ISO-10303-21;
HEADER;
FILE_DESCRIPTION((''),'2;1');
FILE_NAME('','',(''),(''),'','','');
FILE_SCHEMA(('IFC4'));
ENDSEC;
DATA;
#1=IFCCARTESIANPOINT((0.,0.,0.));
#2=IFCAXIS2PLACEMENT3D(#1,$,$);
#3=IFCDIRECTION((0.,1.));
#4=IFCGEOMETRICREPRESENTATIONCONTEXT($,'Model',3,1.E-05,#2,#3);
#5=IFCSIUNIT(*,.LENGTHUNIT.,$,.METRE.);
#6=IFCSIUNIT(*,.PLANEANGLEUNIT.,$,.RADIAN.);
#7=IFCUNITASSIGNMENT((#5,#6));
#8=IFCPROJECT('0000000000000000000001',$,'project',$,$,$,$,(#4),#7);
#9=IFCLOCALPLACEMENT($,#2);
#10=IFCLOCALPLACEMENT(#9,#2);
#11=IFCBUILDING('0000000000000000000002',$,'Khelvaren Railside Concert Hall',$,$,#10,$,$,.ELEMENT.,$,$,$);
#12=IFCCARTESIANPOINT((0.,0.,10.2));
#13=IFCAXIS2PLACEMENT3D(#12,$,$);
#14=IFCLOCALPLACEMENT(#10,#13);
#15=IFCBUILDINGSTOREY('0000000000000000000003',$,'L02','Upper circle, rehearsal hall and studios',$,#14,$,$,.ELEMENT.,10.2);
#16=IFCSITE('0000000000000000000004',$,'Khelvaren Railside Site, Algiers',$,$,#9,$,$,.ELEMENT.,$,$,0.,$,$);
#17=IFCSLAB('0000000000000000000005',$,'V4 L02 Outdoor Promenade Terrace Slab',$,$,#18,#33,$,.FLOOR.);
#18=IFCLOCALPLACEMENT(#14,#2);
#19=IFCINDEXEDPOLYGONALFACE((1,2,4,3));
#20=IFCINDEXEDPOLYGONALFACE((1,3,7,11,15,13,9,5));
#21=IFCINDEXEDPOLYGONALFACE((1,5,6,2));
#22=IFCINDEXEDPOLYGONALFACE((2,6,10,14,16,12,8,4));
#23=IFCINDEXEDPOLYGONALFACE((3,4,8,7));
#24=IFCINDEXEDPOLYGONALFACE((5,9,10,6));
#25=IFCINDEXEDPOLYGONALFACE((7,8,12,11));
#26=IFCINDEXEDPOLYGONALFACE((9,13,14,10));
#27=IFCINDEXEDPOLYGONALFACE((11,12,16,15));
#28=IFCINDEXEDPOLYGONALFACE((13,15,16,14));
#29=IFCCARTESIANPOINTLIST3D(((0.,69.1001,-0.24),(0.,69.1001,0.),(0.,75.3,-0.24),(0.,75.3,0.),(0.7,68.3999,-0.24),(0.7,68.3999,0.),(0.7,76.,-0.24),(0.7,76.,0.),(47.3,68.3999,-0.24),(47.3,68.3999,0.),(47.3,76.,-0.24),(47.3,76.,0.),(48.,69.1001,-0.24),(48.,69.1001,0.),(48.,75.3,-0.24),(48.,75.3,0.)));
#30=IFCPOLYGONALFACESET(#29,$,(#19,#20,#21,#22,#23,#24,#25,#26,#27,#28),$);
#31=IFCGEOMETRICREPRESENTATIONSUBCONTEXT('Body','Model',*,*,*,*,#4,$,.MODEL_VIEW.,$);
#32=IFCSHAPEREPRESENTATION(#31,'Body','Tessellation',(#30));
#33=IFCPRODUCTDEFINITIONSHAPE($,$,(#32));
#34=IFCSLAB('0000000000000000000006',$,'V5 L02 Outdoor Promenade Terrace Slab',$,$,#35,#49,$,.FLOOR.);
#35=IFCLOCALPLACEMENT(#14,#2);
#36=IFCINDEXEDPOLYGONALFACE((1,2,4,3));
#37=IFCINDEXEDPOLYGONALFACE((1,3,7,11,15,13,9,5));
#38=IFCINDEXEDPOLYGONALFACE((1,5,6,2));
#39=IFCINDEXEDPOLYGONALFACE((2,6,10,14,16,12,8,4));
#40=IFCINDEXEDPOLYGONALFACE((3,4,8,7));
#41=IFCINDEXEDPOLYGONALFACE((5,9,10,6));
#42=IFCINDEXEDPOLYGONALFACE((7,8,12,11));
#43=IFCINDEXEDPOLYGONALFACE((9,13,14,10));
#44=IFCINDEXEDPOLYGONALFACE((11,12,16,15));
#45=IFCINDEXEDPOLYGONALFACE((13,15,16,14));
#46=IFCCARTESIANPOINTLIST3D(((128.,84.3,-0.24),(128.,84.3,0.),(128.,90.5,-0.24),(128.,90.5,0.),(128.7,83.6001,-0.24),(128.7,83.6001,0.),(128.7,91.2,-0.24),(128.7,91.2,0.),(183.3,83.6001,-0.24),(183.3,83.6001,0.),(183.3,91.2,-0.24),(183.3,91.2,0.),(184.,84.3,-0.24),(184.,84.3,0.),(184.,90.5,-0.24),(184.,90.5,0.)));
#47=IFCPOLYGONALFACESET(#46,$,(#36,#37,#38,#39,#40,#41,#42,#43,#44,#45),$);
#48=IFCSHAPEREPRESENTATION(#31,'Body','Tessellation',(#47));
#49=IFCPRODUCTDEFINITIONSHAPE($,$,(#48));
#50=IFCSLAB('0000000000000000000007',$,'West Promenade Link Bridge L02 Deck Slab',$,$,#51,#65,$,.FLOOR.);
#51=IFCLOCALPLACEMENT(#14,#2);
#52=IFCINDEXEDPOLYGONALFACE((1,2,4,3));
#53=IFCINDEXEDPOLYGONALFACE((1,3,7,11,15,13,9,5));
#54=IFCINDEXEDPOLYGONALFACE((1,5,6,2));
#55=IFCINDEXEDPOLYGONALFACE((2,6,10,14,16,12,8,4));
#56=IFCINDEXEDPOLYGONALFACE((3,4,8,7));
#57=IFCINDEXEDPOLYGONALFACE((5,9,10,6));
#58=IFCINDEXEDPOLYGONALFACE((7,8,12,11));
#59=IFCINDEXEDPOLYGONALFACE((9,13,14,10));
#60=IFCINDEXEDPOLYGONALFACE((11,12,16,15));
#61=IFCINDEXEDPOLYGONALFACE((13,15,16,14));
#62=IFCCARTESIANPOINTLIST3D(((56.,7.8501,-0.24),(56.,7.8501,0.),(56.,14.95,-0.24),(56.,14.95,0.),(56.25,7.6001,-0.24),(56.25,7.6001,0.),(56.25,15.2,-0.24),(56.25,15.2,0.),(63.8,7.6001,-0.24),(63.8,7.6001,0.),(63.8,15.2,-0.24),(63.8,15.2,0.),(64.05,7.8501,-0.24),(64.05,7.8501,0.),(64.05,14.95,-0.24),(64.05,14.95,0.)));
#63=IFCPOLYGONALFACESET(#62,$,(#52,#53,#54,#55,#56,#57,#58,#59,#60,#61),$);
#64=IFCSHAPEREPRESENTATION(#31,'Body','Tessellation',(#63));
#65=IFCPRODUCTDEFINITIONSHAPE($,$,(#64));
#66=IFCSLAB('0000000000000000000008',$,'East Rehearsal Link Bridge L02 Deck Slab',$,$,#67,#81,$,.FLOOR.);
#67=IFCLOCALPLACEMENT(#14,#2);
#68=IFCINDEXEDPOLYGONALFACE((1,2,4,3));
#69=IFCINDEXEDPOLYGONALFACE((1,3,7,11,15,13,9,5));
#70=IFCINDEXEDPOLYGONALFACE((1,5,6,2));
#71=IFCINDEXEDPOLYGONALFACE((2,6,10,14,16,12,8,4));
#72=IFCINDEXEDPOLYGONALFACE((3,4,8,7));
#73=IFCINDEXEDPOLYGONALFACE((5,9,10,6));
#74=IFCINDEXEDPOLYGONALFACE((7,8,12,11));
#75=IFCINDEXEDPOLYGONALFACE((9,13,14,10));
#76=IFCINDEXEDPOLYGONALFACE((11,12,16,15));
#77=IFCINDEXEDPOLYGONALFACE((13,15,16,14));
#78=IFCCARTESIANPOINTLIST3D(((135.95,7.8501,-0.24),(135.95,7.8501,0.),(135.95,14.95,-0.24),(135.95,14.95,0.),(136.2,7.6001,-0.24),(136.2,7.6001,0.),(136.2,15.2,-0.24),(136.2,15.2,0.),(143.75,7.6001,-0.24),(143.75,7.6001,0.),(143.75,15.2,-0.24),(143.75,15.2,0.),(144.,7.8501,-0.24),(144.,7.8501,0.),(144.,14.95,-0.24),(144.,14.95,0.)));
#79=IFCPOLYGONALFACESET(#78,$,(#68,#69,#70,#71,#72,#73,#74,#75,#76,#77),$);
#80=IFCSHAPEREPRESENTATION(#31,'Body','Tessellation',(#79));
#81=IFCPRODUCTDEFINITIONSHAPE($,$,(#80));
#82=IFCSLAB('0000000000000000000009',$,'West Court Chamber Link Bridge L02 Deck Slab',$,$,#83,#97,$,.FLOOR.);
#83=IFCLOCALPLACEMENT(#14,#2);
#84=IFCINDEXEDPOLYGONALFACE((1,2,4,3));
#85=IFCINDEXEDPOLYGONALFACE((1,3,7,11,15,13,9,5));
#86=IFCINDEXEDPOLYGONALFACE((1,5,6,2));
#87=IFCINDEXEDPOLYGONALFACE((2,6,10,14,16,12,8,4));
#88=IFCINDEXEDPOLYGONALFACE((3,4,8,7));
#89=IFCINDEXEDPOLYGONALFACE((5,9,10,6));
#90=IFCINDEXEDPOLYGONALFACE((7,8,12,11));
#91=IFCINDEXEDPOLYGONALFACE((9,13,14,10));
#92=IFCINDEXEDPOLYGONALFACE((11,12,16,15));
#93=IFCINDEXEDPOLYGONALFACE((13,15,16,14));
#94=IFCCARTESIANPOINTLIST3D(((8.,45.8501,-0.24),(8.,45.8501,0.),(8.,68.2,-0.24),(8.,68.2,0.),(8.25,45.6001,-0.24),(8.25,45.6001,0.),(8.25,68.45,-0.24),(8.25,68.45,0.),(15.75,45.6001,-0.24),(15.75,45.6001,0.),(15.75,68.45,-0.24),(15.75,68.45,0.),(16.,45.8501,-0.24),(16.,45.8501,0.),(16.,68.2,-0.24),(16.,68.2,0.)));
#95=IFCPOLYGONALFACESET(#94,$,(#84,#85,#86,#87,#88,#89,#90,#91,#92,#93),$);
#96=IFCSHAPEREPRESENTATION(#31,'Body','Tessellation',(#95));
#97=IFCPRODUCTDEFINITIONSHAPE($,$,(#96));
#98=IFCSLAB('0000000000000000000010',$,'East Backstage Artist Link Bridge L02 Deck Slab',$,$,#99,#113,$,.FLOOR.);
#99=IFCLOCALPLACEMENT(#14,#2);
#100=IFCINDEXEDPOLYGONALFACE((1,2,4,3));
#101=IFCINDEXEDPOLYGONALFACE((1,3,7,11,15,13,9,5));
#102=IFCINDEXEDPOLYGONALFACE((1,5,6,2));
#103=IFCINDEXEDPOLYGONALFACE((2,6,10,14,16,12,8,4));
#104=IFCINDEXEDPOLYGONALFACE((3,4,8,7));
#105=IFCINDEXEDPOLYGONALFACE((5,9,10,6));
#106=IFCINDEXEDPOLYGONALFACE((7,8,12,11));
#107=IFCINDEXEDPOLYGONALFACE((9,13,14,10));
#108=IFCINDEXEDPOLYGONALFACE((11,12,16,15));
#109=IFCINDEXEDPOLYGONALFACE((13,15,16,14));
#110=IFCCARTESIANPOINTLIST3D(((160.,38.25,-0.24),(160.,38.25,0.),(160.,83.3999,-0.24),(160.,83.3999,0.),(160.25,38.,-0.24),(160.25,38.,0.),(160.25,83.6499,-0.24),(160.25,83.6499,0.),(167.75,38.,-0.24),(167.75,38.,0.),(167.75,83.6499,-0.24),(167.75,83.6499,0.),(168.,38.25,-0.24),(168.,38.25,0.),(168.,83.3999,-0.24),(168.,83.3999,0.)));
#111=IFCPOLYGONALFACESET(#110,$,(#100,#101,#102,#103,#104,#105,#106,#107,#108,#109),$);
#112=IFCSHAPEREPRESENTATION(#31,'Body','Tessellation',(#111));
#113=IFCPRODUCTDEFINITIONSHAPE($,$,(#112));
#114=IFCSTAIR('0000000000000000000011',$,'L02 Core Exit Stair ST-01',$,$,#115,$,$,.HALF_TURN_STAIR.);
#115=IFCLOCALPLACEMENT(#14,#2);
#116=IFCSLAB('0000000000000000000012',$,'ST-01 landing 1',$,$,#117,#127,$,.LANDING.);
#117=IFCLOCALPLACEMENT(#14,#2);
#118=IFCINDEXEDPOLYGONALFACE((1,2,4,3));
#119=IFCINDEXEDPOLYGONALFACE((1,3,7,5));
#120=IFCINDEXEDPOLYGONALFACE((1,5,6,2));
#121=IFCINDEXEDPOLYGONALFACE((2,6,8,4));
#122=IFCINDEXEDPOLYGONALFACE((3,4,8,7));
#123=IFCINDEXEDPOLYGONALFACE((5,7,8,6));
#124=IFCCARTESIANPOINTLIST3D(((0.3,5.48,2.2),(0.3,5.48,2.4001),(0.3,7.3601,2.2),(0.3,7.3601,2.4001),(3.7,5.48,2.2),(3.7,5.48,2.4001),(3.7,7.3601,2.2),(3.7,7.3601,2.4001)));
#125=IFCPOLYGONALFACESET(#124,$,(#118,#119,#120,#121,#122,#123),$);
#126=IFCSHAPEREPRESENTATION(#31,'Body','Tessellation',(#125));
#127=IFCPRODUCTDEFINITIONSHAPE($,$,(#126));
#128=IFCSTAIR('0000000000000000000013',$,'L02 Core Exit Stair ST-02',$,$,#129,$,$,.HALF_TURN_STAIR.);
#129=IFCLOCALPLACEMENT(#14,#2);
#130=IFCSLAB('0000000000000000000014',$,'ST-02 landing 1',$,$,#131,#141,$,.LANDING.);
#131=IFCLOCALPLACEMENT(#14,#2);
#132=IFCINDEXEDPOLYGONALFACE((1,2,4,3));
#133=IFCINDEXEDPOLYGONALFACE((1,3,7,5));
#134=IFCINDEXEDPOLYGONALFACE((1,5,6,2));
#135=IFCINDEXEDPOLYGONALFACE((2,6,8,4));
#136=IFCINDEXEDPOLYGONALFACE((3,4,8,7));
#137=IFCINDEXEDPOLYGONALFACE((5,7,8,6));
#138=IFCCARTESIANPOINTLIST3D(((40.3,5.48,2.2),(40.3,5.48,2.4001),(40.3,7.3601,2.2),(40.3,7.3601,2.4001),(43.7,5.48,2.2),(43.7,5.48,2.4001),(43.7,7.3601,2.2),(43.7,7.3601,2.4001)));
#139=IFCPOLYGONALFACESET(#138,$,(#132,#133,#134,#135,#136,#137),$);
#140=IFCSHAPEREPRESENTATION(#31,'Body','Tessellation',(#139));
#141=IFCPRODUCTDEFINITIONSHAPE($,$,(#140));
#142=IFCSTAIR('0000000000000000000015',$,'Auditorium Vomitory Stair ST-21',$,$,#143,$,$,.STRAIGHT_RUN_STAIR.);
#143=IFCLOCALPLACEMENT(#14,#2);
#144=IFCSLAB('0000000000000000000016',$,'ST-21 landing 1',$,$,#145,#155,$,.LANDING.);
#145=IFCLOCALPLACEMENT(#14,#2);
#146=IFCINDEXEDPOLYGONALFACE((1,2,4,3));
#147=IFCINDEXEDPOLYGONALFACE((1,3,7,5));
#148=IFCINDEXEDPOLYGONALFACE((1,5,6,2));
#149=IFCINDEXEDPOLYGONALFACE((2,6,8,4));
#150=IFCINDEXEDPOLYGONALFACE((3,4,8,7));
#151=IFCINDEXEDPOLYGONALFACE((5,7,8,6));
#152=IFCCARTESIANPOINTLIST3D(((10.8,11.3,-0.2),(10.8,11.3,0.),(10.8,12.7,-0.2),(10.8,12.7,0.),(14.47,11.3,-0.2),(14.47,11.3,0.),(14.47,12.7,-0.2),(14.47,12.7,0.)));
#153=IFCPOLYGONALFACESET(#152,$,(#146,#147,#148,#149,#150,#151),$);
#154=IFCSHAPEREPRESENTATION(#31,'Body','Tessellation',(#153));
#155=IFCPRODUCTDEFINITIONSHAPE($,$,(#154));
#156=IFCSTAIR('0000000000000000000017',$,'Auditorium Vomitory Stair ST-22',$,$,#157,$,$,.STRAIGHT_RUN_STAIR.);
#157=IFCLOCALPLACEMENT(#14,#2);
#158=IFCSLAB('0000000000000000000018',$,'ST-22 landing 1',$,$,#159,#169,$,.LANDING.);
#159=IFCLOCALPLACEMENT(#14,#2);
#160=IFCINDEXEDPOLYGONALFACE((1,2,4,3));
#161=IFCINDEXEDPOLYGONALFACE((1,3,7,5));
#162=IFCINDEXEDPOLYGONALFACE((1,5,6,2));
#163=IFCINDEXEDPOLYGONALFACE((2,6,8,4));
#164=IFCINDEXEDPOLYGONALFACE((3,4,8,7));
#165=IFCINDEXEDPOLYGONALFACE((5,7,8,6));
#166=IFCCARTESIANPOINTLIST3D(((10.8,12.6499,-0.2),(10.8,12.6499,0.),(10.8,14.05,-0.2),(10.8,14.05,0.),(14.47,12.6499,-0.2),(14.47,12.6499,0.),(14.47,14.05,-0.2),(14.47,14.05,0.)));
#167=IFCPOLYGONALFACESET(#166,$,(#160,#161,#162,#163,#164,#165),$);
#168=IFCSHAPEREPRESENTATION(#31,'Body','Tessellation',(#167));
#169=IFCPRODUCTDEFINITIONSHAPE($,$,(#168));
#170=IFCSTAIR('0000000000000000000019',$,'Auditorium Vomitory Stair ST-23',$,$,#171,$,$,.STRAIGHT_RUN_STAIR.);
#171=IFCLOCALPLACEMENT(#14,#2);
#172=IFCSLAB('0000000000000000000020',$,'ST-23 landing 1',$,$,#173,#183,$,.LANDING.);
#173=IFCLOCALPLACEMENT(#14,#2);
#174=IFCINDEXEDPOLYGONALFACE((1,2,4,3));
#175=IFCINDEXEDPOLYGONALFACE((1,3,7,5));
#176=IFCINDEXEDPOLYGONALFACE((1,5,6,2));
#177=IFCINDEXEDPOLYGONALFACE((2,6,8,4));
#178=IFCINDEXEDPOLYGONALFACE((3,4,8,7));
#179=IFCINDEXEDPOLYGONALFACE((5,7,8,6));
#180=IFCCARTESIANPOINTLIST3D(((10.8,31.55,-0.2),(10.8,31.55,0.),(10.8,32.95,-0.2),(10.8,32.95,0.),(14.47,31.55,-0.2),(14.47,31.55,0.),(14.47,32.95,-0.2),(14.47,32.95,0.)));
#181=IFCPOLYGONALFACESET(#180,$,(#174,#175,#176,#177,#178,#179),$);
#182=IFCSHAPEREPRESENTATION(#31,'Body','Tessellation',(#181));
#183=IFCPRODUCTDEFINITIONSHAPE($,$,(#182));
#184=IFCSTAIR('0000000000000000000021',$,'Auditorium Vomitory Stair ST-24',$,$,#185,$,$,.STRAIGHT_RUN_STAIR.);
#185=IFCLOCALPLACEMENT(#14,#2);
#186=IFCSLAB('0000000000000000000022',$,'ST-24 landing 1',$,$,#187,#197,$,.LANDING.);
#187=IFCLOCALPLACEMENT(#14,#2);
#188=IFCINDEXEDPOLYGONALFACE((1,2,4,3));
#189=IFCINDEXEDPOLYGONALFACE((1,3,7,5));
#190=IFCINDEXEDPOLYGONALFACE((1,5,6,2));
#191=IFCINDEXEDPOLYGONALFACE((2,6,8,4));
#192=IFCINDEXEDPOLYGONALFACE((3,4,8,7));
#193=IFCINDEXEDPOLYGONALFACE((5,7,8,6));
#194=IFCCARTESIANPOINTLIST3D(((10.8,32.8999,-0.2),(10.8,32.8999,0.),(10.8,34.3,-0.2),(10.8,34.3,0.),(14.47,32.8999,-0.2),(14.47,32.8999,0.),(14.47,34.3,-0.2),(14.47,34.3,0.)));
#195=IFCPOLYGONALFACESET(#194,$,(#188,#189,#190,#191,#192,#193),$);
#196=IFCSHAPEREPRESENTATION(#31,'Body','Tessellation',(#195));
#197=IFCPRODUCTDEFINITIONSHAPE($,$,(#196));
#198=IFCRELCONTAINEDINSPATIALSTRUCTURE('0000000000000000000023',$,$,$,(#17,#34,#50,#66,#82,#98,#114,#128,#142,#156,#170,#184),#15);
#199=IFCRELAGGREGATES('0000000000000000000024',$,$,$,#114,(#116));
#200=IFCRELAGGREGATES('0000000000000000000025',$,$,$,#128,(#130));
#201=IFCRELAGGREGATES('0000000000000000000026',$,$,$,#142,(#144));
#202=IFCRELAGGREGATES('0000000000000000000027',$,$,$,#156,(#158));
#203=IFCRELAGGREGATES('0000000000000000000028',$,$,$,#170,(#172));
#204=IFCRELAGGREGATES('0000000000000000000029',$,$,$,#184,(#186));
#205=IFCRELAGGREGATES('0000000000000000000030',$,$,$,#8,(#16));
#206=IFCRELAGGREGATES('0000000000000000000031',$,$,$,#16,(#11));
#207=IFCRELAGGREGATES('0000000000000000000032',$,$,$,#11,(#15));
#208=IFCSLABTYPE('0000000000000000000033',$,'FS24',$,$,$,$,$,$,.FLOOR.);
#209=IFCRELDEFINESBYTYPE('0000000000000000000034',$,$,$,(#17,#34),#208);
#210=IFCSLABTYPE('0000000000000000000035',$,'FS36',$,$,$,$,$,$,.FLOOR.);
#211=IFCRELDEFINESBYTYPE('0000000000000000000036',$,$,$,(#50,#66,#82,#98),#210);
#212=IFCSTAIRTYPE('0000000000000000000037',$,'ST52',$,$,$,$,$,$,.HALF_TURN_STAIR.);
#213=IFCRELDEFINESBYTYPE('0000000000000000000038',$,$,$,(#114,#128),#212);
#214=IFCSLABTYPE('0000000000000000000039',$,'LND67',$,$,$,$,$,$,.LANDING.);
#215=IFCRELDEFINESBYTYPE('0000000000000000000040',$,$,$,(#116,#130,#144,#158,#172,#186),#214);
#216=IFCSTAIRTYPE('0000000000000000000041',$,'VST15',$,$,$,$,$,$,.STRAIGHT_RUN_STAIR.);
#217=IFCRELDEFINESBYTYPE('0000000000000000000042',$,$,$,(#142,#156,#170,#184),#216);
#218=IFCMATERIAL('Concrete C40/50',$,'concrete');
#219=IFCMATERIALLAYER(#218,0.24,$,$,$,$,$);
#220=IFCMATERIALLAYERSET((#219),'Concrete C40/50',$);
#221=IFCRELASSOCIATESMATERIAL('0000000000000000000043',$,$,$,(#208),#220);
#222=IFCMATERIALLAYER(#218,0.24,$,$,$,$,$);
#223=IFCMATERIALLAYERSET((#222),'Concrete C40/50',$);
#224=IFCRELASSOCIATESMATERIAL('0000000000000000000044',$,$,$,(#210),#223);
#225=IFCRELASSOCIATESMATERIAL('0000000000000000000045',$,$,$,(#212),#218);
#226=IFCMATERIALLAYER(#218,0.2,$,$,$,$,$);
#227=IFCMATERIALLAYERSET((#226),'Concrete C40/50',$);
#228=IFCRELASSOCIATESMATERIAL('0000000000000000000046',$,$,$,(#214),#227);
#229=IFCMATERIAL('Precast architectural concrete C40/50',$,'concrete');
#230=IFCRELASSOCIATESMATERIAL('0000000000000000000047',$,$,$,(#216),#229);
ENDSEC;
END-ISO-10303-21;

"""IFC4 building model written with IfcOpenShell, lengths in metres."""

from ifc_helpers import new_model, si_unit, direction, frame, origin, place, context, subcontext, project, spatial, polyline, outline, extrude, material, layer, layer_set, type_object, element, aggregate, save


model = new_model("IFC4")

# Units and contexts
model_context = context("Model", 3, precision=1e-05, world=origin(), true_north=direction((0.0, 1.0)))
body_context = subcontext(model_context, "Body", "Model", "MODEL_VIEW")
ifc_project = project(units=[si_unit("LENGTHUNIT", "METRE"), si_unit("PLANEANGLEUNIT", "RADIAN")], contexts=[model_context])

# Site, building, storey
site_placement = place(None, origin())
site = spatial("IfcSite", under=ifc_project, at=site_placement, Name="Khelvaren Railside Site, Algiers", CompositionType="ELEMENT", RefElevation=0.0)
building_placement = place(site_placement, origin())
building = spatial("IfcBuilding", under=site, at=building_placement, Name="Khelvaren Railside Concert Hall", CompositionType="ELEMENT")
storey_placement = place(building_placement, frame((0.0, 0.0, 10.2)))
storey = spatial("IfcBuildingStorey", under=building, at=storey_placement, Name="L02", Description="Upper circle, rehearsal hall and studios", CompositionType="ELEMENT", Elevation=10.2)

# Slabs
ifc_material_1 = material(Name="Concrete C40/50", Category="concrete")
ifc_layer_1 = layer(ifc_material_1, 0.24)
ifc_layer_set_1 = layer_set([ifc_layer_1], Name="Concrete C40/50")
slab_type_1 = type_object("IfcSlabType", Name="FS24", PredefinedType="FLOOR", material=ifc_layer_set_1)
slab_1_placement = place(storey_placement, frame((0.0, 0.0, -0.24)))
element("IfcSlab", 1, at=slab_1_placement, inside=storey, type_object=slab_type_1, Name="V4 L02 Outdoor Promenade Terrace Slab", PredefinedType="FLOOR", context=body_context, shape_type="SweptSolid", body=[
    extrude(outline(polyline([(0.7, 68.3999), (47.3, 68.3999), (48.0, 69.1001), (48.0, 75.3), (47.3, 76.0), (0.7, 76.0), (0.0, 75.3), (0.0, 69.1001), (0.7, 68.3999)])), origin(), (0.0, 0.0, 1.0), 0.24),
])
slab_2_placement = place(storey_placement, frame((0.0, 0.0, -0.24)))
element("IfcSlab", 2, at=slab_2_placement, inside=storey, type_object=slab_type_1, Name="V5 L02 Outdoor Promenade Terrace Slab", PredefinedType="FLOOR", context=body_context, shape_type="SweptSolid", body=[
    extrude(outline(polyline([(128.7, 83.6001), (183.3, 83.6001), (184.0, 84.3), (184.0, 90.5), (183.3, 91.2), (128.7, 91.2), (128.0, 90.5), (128.0, 84.3), (128.7, 83.6001)])), origin(), (0.0, 0.0, 1.0), 0.24),
])
ifc_layer_2 = layer(ifc_material_1, 0.24)
ifc_layer_set_2 = layer_set([ifc_layer_2], Name="Concrete C40/50")
slab_type_2 = type_object("IfcSlabType", Name="FS36", PredefinedType="FLOOR", material=ifc_layer_set_2)
slab_3_placement = place(storey_placement, frame((0.0, 0.0, -0.24)))
element("IfcSlab", 3, at=slab_3_placement, inside=storey, type_object=slab_type_2, Name="West Promenade Link Bridge L02 Deck Slab", PredefinedType="FLOOR", context=body_context, shape_type="SweptSolid", body=[
    extrude(outline(polyline([(56.25, 7.6001), (63.8, 7.6001), (64.05, 7.8501), (64.05, 14.95), (63.8, 15.2), (56.25, 15.2), (56.0, 14.95), (56.0, 7.8501), (56.25, 7.6001)])), origin(), (0.0, 0.0, 1.0), 0.24),
])
slab_4_placement = place(storey_placement, frame((0.0, 0.0, -0.24)))
element("IfcSlab", 4, at=slab_4_placement, inside=storey, type_object=slab_type_2, Name="East Rehearsal Link Bridge L02 Deck Slab", PredefinedType="FLOOR", context=body_context, shape_type="SweptSolid", body=[
    extrude(outline(polyline([(136.2, 7.6001), (143.75, 7.6001), (144.0, 7.8501), (144.0, 14.95), (143.75, 15.2), (136.2, 15.2), (135.95, 14.95), (135.95, 7.8501), (136.2, 7.6001)])), origin(), (0.0, 0.0, 1.0), 0.24),
])
slab_5_placement = place(storey_placement, frame((0.0, 0.0, -0.24)))
element("IfcSlab", 5, at=slab_5_placement, inside=storey, type_object=slab_type_2, Name="West Court Chamber Link Bridge L02 Deck Slab", PredefinedType="FLOOR", context=body_context, shape_type="SweptSolid", body=[
    extrude(outline(polyline([(8.25, 45.6001), (15.75, 45.6001), (16.0, 45.8501), (16.0, 68.2), (15.75, 68.45), (8.25, 68.45), (8.0, 68.2), (8.0, 45.8501), (8.25, 45.6001)])), origin(), (0.0, 0.0, 1.0), 0.24),
])
slab_6_placement = place(storey_placement, frame((0.0, 0.0, -0.24)))
element("IfcSlab", 6, at=slab_6_placement, inside=storey, type_object=slab_type_2, Name="East Backstage Artist Link Bridge L02 Deck Slab", PredefinedType="FLOOR", context=body_context, shape_type="SweptSolid", body=[
    extrude(outline(polyline([(160.25, 38.0), (167.75, 38.0), (168.0, 38.25), (168.0, 83.3999), (167.75, 83.6499), (160.25, 83.6499), (160.0, 83.3999), (160.0, 38.25), (160.25, 38.0)])), origin(), (0.0, 0.0, 1.0), 0.24),
])

# Stairs, slabs
stair_type_1 = type_object("IfcStairType", Name="ST52", PredefinedType="HALF_TURN_STAIR", material=ifc_material_1)
stair_1_placement = place(storey_placement, origin())
stair_1 = element("IfcStair", 7, at=stair_1_placement, inside=storey, type_object=stair_type_1, Name="L02 Core Exit Stair ST-01", PredefinedType="HALF_TURN_STAIR")
ifc_layer_3 = layer(ifc_material_1, 0.2)
ifc_layer_set_3 = layer_set([ifc_layer_3], Name="Concrete C40/50")
slab_type_3 = type_object("IfcSlabType", Name="LND67", PredefinedType="LANDING", material=ifc_layer_set_3)
slab_7_placement = place(storey_placement, frame((0.0, 0.0, 2.2)))
slab_7 = element("IfcSlab", 8, at=slab_7_placement, type_object=slab_type_3, Name="ST-01 landing 1", PredefinedType="LANDING", context=body_context, shape_type="SweptSolid", body=[
    extrude(outline(polyline([(3.7, 5.48), (3.7, 7.3601), (0.3, 7.3601), (0.3, 5.48), (3.7, 5.48)])), origin(), (0.0, 0.0, 1.0), 0.2002),
])
aggregate(stair_1, [slab_7])
stair_2_placement = place(storey_placement, origin())
stair_2 = element("IfcStair", 9, at=stair_2_placement, inside=storey, type_object=stair_type_1, Name="L02 Core Exit Stair ST-02", PredefinedType="HALF_TURN_STAIR")
slab_8_placement = place(storey_placement, frame((0.0, 0.0, 2.2)))
slab_8 = element("IfcSlab", 10, at=slab_8_placement, type_object=slab_type_3, Name="ST-02 landing 1", PredefinedType="LANDING", context=body_context, shape_type="SweptSolid", body=[
    extrude(outline(polyline([(43.7, 5.48), (43.7, 7.3601), (40.3, 7.3601), (40.3, 5.48), (43.7, 5.48)])), origin(), (0.0, 0.0, 1.0), 0.2002),
])
aggregate(stair_2, [slab_8])
ifc_material_2 = material(Name="Precast architectural concrete C40/50", Category="concrete")
stair_type_2 = type_object("IfcStairType", Name="VST15", PredefinedType="STRAIGHT_RUN_STAIR", material=ifc_material_2)
stair_3_placement = place(storey_placement, origin())
stair_3 = element("IfcStair", 11, at=stair_3_placement, inside=storey, type_object=stair_type_2, Name="Auditorium Vomitory Stair ST-21", PredefinedType="STRAIGHT_RUN_STAIR")
slab_9_placement = place(storey_placement, frame((0.0, 0.0, -0.2)))
slab_9 = element("IfcSlab", 12, at=slab_9_placement, type_object=slab_type_3, Name="ST-21 landing 1", PredefinedType="LANDING", context=body_context, shape_type="SweptSolid", body=[
    extrude(outline(polyline([(10.8, 11.3), (14.47, 11.3), (14.47, 12.7), (10.8, 12.7), (10.8, 11.3)])), origin(), (0.0, 0.0, 1.0), 0.2),
])
aggregate(stair_3, [slab_9])
stair_4_placement = place(storey_placement, origin())
stair_4 = element("IfcStair", 13, at=stair_4_placement, inside=storey, type_object=stair_type_2, Name="Auditorium Vomitory Stair ST-22", PredefinedType="STRAIGHT_RUN_STAIR")
slab_10_placement = place(storey_placement, frame((0.0, 0.0, -0.2)))
slab_10 = element("IfcSlab", 14, at=slab_10_placement, type_object=slab_type_3, Name="ST-22 landing 1", PredefinedType="LANDING", context=body_context, shape_type="SweptSolid", body=[
    extrude(outline(polyline([(10.8, 12.6499), (14.47, 12.6499), (14.47, 14.05), (10.8, 14.05), (10.8, 12.6499)])), origin(), (0.0, 0.0, 1.0), 0.2),
])
aggregate(stair_4, [slab_10])
stair_5_placement = place(storey_placement, origin())
stair_5 = element("IfcStair", 15, at=stair_5_placement, inside=storey, type_object=stair_type_2, Name="Auditorium Vomitory Stair ST-23", PredefinedType="STRAIGHT_RUN_STAIR")
slab_11_placement = place(storey_placement, frame((0.0, 0.0, -0.2)))
slab_11 = element("IfcSlab", 16, at=slab_11_placement, type_object=slab_type_3, Name="ST-23 landing 1", PredefinedType="LANDING", context=body_context, shape_type="SweptSolid", body=[
    extrude(outline(polyline([(10.8, 31.55), (14.47, 31.55), (14.47, 32.95), (10.8, 32.95), (10.8, 31.55)])), origin(), (0.0, 0.0, 1.0), 0.2),
])
aggregate(stair_5, [slab_11])
stair_6_placement = place(storey_placement, origin())
stair_6 = element("IfcStair", 17, at=stair_6_placement, inside=storey, type_object=stair_type_2, Name="Auditorium Vomitory Stair ST-24", PredefinedType="STRAIGHT_RUN_STAIR")
slab_12_placement = place(storey_placement, frame((0.0, 0.0, -0.2)))
slab_12 = element("IfcSlab", 18, at=slab_12_placement, type_object=slab_type_3, Name="ST-24 landing 1", PredefinedType="LANDING", context=body_context, shape_type="SweptSolid", body=[
    extrude(outline(polyline([(10.8, 32.8999), (14.47, 32.8999), (14.47, 34.3), (10.8, 34.3), (10.8, 32.8999)])), origin(), (0.0, 0.0, 1.0), 0.2),
])
aggregate(stair_6, [slab_12])

save(model, "model.ifc")
